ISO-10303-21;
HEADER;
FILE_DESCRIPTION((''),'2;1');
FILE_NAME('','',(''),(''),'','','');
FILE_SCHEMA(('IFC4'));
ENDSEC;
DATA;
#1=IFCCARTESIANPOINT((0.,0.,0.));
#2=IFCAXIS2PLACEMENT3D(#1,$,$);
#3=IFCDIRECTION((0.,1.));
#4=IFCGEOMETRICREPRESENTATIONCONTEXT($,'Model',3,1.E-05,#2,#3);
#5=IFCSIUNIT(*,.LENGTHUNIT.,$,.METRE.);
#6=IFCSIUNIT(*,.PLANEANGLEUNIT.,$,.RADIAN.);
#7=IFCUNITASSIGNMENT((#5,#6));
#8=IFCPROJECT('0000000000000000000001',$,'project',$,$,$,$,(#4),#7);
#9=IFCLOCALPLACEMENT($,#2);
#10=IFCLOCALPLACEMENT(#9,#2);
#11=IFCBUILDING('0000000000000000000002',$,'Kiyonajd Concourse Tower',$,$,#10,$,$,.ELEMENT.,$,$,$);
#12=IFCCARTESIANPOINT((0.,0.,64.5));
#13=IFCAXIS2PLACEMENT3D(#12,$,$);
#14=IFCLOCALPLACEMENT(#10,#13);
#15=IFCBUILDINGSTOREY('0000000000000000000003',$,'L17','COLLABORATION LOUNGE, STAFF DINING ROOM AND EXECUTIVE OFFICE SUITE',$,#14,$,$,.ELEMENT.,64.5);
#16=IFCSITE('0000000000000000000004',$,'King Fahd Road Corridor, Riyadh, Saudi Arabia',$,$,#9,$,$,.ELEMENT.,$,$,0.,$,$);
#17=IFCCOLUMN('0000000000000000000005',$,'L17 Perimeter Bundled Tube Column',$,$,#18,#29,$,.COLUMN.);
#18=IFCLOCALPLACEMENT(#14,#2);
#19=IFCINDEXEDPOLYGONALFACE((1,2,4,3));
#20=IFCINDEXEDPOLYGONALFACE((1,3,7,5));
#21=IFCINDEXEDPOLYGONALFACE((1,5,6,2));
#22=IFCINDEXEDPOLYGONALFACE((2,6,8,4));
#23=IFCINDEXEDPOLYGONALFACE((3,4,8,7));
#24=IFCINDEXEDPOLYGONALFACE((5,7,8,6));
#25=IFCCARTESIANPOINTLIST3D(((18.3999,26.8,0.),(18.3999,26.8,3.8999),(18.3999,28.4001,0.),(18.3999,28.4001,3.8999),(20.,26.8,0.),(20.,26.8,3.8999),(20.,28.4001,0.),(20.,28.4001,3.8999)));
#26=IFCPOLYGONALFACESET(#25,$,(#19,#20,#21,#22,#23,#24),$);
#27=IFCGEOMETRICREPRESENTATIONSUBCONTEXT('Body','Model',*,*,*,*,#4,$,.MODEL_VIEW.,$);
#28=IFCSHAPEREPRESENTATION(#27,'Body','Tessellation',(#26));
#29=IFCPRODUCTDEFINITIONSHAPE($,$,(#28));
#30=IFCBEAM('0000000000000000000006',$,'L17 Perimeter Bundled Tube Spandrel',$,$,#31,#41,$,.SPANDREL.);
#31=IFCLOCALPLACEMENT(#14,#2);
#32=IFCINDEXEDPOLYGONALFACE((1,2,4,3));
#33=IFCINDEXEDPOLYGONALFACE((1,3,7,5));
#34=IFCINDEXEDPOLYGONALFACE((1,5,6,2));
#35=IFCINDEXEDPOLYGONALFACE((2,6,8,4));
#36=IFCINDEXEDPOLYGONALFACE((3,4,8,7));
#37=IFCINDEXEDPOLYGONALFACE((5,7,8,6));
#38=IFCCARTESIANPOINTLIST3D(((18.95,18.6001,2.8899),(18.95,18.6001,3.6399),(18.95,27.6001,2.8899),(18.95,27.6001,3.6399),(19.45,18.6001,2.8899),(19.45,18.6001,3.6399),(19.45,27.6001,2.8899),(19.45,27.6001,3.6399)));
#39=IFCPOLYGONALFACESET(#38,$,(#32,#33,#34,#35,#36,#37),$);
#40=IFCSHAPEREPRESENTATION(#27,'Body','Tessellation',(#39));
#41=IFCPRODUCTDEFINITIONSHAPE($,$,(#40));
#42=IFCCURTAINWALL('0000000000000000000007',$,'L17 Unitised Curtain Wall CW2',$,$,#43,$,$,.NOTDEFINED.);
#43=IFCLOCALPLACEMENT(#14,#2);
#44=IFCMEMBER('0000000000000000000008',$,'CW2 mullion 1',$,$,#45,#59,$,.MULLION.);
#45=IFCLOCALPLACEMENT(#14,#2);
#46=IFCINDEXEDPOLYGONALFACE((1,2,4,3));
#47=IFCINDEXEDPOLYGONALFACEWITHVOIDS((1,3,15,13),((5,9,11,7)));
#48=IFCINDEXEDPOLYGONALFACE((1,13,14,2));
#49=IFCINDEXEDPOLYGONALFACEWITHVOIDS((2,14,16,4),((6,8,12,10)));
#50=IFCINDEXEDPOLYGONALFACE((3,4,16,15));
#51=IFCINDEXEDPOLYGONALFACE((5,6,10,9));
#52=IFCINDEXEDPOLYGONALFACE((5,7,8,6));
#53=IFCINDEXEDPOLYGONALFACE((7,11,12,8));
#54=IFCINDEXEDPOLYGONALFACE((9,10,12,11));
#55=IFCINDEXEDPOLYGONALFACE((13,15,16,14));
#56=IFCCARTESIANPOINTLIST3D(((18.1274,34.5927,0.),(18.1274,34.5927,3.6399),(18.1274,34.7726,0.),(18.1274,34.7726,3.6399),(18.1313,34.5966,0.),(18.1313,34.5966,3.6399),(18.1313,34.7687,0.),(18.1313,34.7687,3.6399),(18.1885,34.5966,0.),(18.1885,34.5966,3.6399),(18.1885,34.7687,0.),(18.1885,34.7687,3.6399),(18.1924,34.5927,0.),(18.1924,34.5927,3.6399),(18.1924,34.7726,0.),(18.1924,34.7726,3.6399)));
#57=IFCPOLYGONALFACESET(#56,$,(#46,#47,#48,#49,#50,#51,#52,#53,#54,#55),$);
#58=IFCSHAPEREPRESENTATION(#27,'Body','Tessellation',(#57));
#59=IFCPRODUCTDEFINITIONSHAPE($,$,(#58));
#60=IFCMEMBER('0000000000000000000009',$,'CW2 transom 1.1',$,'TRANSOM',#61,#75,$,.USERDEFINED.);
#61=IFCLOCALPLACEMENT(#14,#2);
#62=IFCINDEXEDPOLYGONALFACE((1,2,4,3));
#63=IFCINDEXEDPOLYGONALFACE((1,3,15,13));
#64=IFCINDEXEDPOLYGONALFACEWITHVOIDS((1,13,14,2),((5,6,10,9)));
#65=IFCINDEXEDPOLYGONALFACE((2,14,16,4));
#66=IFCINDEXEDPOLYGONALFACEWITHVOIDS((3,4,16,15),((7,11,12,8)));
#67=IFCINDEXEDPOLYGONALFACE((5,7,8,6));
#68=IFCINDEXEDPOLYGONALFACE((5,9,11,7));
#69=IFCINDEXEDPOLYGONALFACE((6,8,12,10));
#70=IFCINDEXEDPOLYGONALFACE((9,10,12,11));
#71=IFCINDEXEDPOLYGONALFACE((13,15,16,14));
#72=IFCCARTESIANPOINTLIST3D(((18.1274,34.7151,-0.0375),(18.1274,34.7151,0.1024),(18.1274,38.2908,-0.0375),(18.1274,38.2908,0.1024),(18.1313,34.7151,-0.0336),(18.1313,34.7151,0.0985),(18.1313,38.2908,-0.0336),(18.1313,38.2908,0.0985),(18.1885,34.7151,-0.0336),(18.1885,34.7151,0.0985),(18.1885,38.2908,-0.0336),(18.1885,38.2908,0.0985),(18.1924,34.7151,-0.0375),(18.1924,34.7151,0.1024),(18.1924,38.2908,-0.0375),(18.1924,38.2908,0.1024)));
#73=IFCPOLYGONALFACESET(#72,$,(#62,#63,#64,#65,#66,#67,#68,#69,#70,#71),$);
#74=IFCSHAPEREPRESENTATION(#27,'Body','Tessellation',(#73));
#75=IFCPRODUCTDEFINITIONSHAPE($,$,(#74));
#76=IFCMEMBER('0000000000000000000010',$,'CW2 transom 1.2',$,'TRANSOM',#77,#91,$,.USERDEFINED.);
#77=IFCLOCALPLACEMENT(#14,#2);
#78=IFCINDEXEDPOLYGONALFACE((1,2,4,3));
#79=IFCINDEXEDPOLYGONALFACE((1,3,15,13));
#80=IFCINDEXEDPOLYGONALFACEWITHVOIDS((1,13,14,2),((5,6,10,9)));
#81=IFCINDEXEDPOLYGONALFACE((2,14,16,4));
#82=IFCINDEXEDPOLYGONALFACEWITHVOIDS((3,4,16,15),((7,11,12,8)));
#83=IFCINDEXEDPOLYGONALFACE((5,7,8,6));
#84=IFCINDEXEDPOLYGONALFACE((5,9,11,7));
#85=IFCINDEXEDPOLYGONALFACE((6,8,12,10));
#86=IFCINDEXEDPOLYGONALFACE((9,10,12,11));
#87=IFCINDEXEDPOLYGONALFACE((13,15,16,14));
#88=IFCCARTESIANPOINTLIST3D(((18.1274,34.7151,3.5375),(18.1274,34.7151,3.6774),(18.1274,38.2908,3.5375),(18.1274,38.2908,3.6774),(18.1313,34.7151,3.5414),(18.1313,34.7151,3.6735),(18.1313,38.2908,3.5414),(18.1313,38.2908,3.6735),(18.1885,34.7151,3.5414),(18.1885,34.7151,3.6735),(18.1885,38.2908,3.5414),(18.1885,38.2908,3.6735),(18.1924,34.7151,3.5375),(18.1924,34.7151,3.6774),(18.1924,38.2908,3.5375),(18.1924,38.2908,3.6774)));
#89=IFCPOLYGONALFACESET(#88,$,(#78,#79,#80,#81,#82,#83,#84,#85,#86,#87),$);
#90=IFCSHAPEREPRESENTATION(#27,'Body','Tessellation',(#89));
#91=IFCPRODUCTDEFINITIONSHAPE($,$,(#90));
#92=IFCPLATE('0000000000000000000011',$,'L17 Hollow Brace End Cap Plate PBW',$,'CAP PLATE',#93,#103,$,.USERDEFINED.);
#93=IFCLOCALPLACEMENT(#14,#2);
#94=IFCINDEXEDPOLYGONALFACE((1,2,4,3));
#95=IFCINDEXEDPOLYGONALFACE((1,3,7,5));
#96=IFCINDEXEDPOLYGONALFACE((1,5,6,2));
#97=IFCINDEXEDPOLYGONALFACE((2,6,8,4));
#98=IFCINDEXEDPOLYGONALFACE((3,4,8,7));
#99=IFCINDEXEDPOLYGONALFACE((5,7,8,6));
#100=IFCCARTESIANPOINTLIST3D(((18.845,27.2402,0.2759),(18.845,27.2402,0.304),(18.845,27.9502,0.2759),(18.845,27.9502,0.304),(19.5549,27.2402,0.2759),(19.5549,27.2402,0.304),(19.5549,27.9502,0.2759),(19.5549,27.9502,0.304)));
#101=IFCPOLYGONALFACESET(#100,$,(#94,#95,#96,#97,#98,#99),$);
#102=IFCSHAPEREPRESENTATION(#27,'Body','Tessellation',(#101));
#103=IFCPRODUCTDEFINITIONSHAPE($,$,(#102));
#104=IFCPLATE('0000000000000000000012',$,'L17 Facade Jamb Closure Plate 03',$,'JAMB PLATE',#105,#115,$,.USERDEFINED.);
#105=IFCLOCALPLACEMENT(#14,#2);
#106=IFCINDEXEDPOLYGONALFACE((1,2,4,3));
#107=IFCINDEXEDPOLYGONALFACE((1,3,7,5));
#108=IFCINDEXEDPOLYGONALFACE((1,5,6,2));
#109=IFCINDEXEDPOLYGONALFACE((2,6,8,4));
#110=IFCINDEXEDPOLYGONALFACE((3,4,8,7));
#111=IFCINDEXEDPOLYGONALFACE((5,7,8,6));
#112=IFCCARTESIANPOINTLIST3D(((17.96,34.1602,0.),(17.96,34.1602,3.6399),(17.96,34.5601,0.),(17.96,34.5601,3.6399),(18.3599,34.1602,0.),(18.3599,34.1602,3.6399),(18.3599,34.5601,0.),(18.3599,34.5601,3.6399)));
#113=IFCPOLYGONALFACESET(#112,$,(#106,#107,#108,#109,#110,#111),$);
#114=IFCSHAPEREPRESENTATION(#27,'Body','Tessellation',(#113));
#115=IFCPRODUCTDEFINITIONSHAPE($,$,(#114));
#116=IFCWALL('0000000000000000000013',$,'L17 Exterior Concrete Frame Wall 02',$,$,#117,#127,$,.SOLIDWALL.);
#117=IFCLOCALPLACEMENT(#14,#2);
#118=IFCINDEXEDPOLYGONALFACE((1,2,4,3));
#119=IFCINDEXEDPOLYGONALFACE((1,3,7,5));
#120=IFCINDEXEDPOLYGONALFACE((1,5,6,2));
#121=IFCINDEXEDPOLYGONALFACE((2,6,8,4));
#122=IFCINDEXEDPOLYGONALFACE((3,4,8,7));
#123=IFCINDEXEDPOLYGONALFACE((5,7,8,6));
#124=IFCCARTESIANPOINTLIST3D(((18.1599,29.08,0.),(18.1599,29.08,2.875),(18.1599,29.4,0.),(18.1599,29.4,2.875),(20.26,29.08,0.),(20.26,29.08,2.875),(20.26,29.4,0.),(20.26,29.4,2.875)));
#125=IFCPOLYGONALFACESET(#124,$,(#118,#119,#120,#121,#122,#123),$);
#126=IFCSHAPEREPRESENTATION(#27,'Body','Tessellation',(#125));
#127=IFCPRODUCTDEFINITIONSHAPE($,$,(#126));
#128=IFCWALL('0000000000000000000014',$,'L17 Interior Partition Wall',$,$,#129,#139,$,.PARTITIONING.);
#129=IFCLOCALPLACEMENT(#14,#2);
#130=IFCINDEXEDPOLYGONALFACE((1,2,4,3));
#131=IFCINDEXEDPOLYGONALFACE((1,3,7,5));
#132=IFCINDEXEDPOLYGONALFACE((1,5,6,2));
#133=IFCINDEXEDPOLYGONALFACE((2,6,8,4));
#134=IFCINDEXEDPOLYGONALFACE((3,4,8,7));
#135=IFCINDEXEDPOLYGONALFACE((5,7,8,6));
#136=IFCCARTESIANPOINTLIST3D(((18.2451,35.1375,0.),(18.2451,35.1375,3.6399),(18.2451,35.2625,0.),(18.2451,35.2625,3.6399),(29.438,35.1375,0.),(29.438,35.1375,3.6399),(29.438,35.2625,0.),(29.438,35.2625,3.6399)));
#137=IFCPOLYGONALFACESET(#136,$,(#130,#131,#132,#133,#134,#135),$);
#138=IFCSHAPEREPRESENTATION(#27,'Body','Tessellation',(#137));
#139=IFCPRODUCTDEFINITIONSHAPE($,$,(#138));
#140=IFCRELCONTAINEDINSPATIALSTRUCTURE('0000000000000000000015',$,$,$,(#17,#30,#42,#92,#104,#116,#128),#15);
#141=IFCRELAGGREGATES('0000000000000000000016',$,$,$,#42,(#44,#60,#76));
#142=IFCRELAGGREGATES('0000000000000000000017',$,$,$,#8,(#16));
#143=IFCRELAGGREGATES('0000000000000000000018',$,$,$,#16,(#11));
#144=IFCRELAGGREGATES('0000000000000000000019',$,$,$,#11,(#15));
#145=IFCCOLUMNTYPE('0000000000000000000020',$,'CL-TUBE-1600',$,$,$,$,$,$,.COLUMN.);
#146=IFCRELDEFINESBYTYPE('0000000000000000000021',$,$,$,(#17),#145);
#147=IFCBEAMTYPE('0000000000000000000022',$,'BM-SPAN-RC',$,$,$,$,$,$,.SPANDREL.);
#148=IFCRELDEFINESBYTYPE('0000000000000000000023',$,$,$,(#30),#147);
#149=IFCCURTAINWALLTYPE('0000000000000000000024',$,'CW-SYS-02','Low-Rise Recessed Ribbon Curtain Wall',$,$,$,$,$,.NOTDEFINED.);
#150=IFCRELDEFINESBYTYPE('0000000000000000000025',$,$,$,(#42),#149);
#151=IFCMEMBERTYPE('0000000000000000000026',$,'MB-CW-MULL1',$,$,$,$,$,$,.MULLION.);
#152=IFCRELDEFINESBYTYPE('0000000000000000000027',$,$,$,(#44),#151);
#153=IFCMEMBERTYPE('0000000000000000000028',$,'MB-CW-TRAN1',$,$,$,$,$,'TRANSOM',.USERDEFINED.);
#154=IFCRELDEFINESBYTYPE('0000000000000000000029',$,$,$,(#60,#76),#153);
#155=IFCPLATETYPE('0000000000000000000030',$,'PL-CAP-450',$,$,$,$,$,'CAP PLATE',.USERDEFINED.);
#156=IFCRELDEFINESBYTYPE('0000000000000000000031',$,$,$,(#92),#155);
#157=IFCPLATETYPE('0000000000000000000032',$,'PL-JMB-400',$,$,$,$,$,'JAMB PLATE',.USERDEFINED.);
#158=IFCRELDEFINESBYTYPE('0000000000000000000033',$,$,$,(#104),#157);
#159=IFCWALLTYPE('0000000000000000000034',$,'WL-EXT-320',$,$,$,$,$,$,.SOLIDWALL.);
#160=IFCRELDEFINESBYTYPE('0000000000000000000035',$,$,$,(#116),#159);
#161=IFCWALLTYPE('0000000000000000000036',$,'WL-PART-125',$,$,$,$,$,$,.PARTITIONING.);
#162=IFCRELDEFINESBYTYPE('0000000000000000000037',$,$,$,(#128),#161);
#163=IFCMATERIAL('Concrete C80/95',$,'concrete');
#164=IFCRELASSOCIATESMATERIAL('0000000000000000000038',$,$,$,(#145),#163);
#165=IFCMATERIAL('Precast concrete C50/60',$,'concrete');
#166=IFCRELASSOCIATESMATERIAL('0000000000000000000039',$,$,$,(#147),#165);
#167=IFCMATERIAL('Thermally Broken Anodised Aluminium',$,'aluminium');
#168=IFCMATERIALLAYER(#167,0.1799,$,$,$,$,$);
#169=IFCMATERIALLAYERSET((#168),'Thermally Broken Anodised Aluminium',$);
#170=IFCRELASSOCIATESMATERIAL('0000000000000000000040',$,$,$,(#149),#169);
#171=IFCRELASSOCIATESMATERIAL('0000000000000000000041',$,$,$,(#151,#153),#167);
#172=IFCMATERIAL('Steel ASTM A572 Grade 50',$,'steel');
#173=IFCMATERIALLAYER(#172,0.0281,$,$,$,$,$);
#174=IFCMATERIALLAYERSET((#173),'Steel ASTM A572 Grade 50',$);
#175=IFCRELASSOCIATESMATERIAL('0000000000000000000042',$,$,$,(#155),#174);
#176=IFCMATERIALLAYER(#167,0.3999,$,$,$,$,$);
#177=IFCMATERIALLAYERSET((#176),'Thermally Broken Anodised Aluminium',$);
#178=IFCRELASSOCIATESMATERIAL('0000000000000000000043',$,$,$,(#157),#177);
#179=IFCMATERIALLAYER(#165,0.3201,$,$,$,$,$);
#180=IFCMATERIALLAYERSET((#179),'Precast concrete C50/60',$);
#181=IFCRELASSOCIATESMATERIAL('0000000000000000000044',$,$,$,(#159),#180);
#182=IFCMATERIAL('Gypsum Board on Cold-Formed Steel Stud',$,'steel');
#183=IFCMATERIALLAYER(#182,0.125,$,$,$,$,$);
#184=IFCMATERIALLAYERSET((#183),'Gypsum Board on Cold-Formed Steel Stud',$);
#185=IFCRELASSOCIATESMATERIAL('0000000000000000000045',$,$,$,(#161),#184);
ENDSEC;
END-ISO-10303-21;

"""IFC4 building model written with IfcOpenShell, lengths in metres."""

from ifc_helpers import new_model, si_unit, direction, frame, frame_2d, origin, origin_2d, place, context, subcontext, project, spatial, rectangle, hollow_rectangle, extrude, material, layer, layer_set, material_profile, profile_set, type_object, element, aggregate, save


model = new_model("IFC4")

# Units and contexts
model_context = context("Model", 3, precision=1e-05, world=origin(), true_north=direction((0.0, 1.0)))
body_context = subcontext(model_context, "Body", "Model", "MODEL_VIEW")
ifc_project = project(units=[si_unit("LENGTHUNIT", "METRE"), si_unit("PLANEANGLEUNIT", "RADIAN")], contexts=[model_context])

# Site, building, storey
site_placement = place(None, origin())
site = spatial("IfcSite", under=ifc_project, at=site_placement, Name="King Fahd Road Corridor, Riyadh, Saudi Arabia", CompositionType="ELEMENT", RefElevation=0.0)
building_placement = place(site_placement, origin())
building = spatial("IfcBuilding", under=site, at=building_placement, Name="Kiyonajd Concourse Tower", CompositionType="ELEMENT")
storey_placement = place(building_placement, frame((0.0, 0.0, 64.5)))
storey = spatial("IfcBuildingStorey", under=building, at=storey_placement, Name="L17", Description="COLLABORATION LOUNGE, STAFF DINING ROOM AND EXECUTIVE OFFICE SUITE", CompositionType="ELEMENT", Elevation=64.5)

# Column
ifc_material_1 = material(Name="Concrete C80/95", Category="concrete")
ifc_material_profile_1 = material_profile(ifc_material_1, rectangle(XDim=1.6001, YDim=1.6001, at=origin_2d()), Name="RC-1600x1600")
ifc_profile_set_1 = profile_set([ifc_material_profile_1], Name="Concrete C80/95")
column_type = type_object("IfcColumnType", Name="CL-TUBE-1600", PredefinedType="COLUMN", material=ifc_profile_set_1)
column_placement = place(storey_placement, frame((19.2, 27.6001, 0.0), z_axis=(0.0, 0.0, 1.0), x_axis=(1.0, 0.0, 0.0)))
element("IfcColumn", 1, at=column_placement, inside=storey, type_object=column_type, Name="L17 Perimeter Bundled Tube Column", PredefinedType="COLUMN", context=body_context, shape_type="SweptSolid", body=[
    extrude(rectangle(XDim=1.6001, YDim=1.6001, at=origin_2d()), origin(), (0.0, 0.0, 1.0), 3.8999),
])

# Beam
ifc_material_2 = material(Name="Precast concrete C50/60", Category="concrete")
ifc_material_profile_2 = material_profile(ifc_material_2, rectangle(XDim=0.5, YDim=0.75, at=origin_2d()), Name="RCBM-500x750")
ifc_profile_set_2 = profile_set([ifc_material_profile_2], Name="Precast concrete C50/60")
beam_type = type_object("IfcBeamType", Name="BM-SPAN-RC", PredefinedType="SPANDREL", material=ifc_profile_set_2)
beam_placement = place(storey_placement, frame((19.2, 27.6001, 3.2649), z_axis=(0.0, -1.0, 0.0), x_axis=(1.0, 0.0, 0.0)))
element("IfcBeam", 2, at=beam_placement, inside=storey, type_object=beam_type, Name="L17 Perimeter Bundled Tube Spandrel", PredefinedType="SPANDREL", context=body_context, shape_type="SweptSolid", body=[
    extrude(rectangle(XDim=0.5, YDim=0.75, at=origin_2d()), origin(), (0.0, 0.0, 1.0), 9.0),
])

# Curtain wall, members
ifc_material_3 = material(Name="Thermally Broken Anodised Aluminium", Category="aluminium")
ifc_layer_1 = layer(ifc_material_3, 0.1799)
ifc_layer_set_1 = layer_set([ifc_layer_1], Name="Thermally Broken Anodised Aluminium")
curtain_wall_type = type_object("IfcCurtainWallType", Name="CW-SYS-02", Description="Low-Rise Recessed Ribbon Curtain Wall", PredefinedType="NOTDEFINED", material=ifc_layer_set_1)
curtain_wall_placement = place(storey_placement, origin())
curtain_wall = element("IfcCurtainWall", 3, at=curtain_wall_placement, inside=storey, type_object=curtain_wall_type, Name="L17 Unitised Curtain Wall CW2", PredefinedType="NOTDEFINED")
ifc_material_profile_3 = material_profile(ifc_material_3, hollow_rectangle(XDim=0.0649, YDim=0.1799, WallThickness=0.0039, at=origin_2d()), Name="MULL-65x180")
ifc_profile_set_3 = profile_set([ifc_material_profile_3], Name="Thermally Broken Anodised Aluminium")
member_type_1 = type_object("IfcMemberType", Name="MB-CW-MULL1", PredefinedType="MULLION", material=ifc_profile_set_3)
member_1_placement = place(storey_placement, frame((18.1599, 34.6826, 0.0), z_axis=(0.0, 0.0, 1.0), x_axis=(-1.0, 0.0, 0.0)))
member_1 = element("IfcMember", 4, at=member_1_placement, type_object=member_type_1, Name="CW2 mullion 1", PredefinedType="MULLION", context=body_context, shape_type="SweptSolid", body=[
    extrude(hollow_rectangle(XDim=0.0649, YDim=0.1799, WallThickness=0.0039, at=origin_2d()), origin(), (0.0, 0.0, 1.0), 3.6399),
])
ifc_material_profile_4 = material_profile(ifc_material_3, hollow_rectangle(XDim=0.0649, YDim=0.1399, WallThickness=0.0039, at=origin_2d()), Name="TRAN-65x140")
ifc_profile_set_4 = profile_set([ifc_material_profile_4], Name="Thermally Broken Anodised Aluminium")
member_type_2 = type_object("IfcMemberType", Name="MB-CW-TRAN1", ElementType="TRANSOM", PredefinedType="USERDEFINED", material=ifc_profile_set_4)
member_2_placement = place(storey_placement, frame((18.1599, 34.7151, 0.0325), z_axis=(0.0, 1.0, 0.0), x_axis=(-1.0, 0.0, 0.0)))
member_2 = element("IfcMember", 5, at=member_2_placement, type_object=member_type_2, Name="CW2 transom 1.1", ObjectType="TRANSOM", PredefinedType="USERDEFINED", context=body_context, shape_type="SweptSolid", body=[
    extrude(hollow_rectangle(XDim=0.0649, YDim=0.1399, WallThickness=0.0039, at=origin_2d()), origin(), (0.0, 0.0, 1.0), 3.5757),
])
member_3_placement = place(storey_placement, frame((18.1599, 34.7151, 3.6074), z_axis=(0.0, 1.0, 0.0), x_axis=(-1.0, 0.0, 0.0)))
member_3 = element("IfcMember", 6, at=member_3_placement, type_object=member_type_2, Name="CW2 transom 1.2", ObjectType="TRANSOM", PredefinedType="USERDEFINED", context=body_context, shape_type="SweptSolid", body=[
    extrude(hollow_rectangle(XDim=0.0649, YDim=0.1399, WallThickness=0.0039, at=origin_2d()), origin(), (0.0, 0.0, 1.0), 3.5757),
])
aggregate(curtain_wall, [member_1, member_2, member_3])

# Plates
ifc_material_4 = material(Name="Steel ASTM A572 Grade 50", Category="steel")
ifc_layer_2 = layer(ifc_material_4, 0.0281)
ifc_layer_set_2 = layer_set([ifc_layer_2], Name="Steel ASTM A572 Grade 50")
plate_type_1 = type_object("IfcPlateType", Name="PL-CAP-450", ElementType="CAP PLATE", PredefinedType="USERDEFINED", material=ifc_layer_set_2)
plate_1_placement = place(storey_placement, frame((19.2, 27.5952, 0.2759), z_axis=(0.0, 0.0, 1.0), x_axis=(1.0, 0.0, 0.0)))
element("IfcPlate", 7, at=plate_1_placement, inside=storey, type_object=plate_type_1, Name="L17 Hollow Brace End Cap Plate PBW", ObjectType="CAP PLATE", PredefinedType="USERDEFINED", context=body_context, shape_type="SweptSolid", body=[
    extrude(rectangle(XDim=0.71, YDim=0.71, at=origin_2d()), origin(), (0.0, 0.0, 1.0), 0.0281),
])
ifc_layer_3 = layer(ifc_material_3, 0.3999)
ifc_layer_set_3 = layer_set([ifc_layer_3], Name="Thermally Broken Anodised Aluminium")
plate_type_2 = type_object("IfcPlateType", Name="PL-JMB-400", ElementType="JAMB PLATE", PredefinedType="USERDEFINED", material=ifc_layer_set_3)
plate_2_placement = place(storey_placement, frame((18.1599, 34.3601, 0.0), z_axis=(0.0, 0.0, 1.0), x_axis=(1.0, 0.0, 0.0)))
element("IfcPlate", 8, at=plate_2_placement, inside=storey, type_object=plate_type_2, Name="L17 Facade Jamb Closure Plate 03", ObjectType="JAMB PLATE", PredefinedType="USERDEFINED", context=body_context, shape_type="SweptSolid", body=[
    extrude(rectangle(XDim=0.3999, YDim=0.3999, at=origin_2d()), origin(), (0.0, 0.0, 1.0), 3.6399),
])

# Walls
ifc_layer_4 = layer(ifc_material_2, 0.3201)
ifc_layer_set_4 = layer_set([ifc_layer_4], Name="Precast concrete C50/60")
wall_type_1 = type_object("IfcWallType", Name="WL-EXT-320", PredefinedType="SOLIDWALL", material=ifc_layer_set_4)
wall_1_placement = place(storey_placement, frame((18.1599, 29.24, 0.0), z_axis=(0.0, 0.0, 1.0), x_axis=(1.0, 0.0, 0.0)))
element("IfcWall", 9, at=wall_1_placement, inside=storey, type_object=wall_type_1, Name="L17 Exterior Concrete Frame Wall 02", PredefinedType="SOLIDWALL", context=body_context, shape_type="SweptSolid", body=[
    extrude(rectangle(XDim=2.1001, YDim=0.3201, at=frame_2d((1.05, 0.0))), origin(), (0.0, 0.0, 1.0), 2.875),
])
ifc_material_5 = material(Name="Gypsum Board on Cold-Formed Steel Stud", Category="steel")
ifc_layer_5 = layer(ifc_material_5, 0.125)
ifc_layer_set_5 = layer_set([ifc_layer_5], Name="Gypsum Board on Cold-Formed Steel Stud")
wall_type_2 = type_object("IfcWallType", Name="WL-PART-125", PredefinedType="PARTITIONING", material=ifc_layer_set_5)
wall_2_placement = place(storey_placement, frame((18.2451, 35.2, 0.0), z_axis=(0.0, 0.0, 1.0), x_axis=(1.0, 0.0, 0.0)))
element("IfcWall", 10, at=wall_2_placement, inside=storey, type_object=wall_type_2, Name="L17 Interior Partition Wall", PredefinedType="PARTITIONING", context=body_context, shape_type="SweptSolid", body=[
    extrude(rectangle(XDim=11.1929, YDim=0.125, at=frame_2d((5.5964, 0.0))), origin(), (0.0, 0.0, 1.0), 3.6399),
])

save(model, "model.ifc")
